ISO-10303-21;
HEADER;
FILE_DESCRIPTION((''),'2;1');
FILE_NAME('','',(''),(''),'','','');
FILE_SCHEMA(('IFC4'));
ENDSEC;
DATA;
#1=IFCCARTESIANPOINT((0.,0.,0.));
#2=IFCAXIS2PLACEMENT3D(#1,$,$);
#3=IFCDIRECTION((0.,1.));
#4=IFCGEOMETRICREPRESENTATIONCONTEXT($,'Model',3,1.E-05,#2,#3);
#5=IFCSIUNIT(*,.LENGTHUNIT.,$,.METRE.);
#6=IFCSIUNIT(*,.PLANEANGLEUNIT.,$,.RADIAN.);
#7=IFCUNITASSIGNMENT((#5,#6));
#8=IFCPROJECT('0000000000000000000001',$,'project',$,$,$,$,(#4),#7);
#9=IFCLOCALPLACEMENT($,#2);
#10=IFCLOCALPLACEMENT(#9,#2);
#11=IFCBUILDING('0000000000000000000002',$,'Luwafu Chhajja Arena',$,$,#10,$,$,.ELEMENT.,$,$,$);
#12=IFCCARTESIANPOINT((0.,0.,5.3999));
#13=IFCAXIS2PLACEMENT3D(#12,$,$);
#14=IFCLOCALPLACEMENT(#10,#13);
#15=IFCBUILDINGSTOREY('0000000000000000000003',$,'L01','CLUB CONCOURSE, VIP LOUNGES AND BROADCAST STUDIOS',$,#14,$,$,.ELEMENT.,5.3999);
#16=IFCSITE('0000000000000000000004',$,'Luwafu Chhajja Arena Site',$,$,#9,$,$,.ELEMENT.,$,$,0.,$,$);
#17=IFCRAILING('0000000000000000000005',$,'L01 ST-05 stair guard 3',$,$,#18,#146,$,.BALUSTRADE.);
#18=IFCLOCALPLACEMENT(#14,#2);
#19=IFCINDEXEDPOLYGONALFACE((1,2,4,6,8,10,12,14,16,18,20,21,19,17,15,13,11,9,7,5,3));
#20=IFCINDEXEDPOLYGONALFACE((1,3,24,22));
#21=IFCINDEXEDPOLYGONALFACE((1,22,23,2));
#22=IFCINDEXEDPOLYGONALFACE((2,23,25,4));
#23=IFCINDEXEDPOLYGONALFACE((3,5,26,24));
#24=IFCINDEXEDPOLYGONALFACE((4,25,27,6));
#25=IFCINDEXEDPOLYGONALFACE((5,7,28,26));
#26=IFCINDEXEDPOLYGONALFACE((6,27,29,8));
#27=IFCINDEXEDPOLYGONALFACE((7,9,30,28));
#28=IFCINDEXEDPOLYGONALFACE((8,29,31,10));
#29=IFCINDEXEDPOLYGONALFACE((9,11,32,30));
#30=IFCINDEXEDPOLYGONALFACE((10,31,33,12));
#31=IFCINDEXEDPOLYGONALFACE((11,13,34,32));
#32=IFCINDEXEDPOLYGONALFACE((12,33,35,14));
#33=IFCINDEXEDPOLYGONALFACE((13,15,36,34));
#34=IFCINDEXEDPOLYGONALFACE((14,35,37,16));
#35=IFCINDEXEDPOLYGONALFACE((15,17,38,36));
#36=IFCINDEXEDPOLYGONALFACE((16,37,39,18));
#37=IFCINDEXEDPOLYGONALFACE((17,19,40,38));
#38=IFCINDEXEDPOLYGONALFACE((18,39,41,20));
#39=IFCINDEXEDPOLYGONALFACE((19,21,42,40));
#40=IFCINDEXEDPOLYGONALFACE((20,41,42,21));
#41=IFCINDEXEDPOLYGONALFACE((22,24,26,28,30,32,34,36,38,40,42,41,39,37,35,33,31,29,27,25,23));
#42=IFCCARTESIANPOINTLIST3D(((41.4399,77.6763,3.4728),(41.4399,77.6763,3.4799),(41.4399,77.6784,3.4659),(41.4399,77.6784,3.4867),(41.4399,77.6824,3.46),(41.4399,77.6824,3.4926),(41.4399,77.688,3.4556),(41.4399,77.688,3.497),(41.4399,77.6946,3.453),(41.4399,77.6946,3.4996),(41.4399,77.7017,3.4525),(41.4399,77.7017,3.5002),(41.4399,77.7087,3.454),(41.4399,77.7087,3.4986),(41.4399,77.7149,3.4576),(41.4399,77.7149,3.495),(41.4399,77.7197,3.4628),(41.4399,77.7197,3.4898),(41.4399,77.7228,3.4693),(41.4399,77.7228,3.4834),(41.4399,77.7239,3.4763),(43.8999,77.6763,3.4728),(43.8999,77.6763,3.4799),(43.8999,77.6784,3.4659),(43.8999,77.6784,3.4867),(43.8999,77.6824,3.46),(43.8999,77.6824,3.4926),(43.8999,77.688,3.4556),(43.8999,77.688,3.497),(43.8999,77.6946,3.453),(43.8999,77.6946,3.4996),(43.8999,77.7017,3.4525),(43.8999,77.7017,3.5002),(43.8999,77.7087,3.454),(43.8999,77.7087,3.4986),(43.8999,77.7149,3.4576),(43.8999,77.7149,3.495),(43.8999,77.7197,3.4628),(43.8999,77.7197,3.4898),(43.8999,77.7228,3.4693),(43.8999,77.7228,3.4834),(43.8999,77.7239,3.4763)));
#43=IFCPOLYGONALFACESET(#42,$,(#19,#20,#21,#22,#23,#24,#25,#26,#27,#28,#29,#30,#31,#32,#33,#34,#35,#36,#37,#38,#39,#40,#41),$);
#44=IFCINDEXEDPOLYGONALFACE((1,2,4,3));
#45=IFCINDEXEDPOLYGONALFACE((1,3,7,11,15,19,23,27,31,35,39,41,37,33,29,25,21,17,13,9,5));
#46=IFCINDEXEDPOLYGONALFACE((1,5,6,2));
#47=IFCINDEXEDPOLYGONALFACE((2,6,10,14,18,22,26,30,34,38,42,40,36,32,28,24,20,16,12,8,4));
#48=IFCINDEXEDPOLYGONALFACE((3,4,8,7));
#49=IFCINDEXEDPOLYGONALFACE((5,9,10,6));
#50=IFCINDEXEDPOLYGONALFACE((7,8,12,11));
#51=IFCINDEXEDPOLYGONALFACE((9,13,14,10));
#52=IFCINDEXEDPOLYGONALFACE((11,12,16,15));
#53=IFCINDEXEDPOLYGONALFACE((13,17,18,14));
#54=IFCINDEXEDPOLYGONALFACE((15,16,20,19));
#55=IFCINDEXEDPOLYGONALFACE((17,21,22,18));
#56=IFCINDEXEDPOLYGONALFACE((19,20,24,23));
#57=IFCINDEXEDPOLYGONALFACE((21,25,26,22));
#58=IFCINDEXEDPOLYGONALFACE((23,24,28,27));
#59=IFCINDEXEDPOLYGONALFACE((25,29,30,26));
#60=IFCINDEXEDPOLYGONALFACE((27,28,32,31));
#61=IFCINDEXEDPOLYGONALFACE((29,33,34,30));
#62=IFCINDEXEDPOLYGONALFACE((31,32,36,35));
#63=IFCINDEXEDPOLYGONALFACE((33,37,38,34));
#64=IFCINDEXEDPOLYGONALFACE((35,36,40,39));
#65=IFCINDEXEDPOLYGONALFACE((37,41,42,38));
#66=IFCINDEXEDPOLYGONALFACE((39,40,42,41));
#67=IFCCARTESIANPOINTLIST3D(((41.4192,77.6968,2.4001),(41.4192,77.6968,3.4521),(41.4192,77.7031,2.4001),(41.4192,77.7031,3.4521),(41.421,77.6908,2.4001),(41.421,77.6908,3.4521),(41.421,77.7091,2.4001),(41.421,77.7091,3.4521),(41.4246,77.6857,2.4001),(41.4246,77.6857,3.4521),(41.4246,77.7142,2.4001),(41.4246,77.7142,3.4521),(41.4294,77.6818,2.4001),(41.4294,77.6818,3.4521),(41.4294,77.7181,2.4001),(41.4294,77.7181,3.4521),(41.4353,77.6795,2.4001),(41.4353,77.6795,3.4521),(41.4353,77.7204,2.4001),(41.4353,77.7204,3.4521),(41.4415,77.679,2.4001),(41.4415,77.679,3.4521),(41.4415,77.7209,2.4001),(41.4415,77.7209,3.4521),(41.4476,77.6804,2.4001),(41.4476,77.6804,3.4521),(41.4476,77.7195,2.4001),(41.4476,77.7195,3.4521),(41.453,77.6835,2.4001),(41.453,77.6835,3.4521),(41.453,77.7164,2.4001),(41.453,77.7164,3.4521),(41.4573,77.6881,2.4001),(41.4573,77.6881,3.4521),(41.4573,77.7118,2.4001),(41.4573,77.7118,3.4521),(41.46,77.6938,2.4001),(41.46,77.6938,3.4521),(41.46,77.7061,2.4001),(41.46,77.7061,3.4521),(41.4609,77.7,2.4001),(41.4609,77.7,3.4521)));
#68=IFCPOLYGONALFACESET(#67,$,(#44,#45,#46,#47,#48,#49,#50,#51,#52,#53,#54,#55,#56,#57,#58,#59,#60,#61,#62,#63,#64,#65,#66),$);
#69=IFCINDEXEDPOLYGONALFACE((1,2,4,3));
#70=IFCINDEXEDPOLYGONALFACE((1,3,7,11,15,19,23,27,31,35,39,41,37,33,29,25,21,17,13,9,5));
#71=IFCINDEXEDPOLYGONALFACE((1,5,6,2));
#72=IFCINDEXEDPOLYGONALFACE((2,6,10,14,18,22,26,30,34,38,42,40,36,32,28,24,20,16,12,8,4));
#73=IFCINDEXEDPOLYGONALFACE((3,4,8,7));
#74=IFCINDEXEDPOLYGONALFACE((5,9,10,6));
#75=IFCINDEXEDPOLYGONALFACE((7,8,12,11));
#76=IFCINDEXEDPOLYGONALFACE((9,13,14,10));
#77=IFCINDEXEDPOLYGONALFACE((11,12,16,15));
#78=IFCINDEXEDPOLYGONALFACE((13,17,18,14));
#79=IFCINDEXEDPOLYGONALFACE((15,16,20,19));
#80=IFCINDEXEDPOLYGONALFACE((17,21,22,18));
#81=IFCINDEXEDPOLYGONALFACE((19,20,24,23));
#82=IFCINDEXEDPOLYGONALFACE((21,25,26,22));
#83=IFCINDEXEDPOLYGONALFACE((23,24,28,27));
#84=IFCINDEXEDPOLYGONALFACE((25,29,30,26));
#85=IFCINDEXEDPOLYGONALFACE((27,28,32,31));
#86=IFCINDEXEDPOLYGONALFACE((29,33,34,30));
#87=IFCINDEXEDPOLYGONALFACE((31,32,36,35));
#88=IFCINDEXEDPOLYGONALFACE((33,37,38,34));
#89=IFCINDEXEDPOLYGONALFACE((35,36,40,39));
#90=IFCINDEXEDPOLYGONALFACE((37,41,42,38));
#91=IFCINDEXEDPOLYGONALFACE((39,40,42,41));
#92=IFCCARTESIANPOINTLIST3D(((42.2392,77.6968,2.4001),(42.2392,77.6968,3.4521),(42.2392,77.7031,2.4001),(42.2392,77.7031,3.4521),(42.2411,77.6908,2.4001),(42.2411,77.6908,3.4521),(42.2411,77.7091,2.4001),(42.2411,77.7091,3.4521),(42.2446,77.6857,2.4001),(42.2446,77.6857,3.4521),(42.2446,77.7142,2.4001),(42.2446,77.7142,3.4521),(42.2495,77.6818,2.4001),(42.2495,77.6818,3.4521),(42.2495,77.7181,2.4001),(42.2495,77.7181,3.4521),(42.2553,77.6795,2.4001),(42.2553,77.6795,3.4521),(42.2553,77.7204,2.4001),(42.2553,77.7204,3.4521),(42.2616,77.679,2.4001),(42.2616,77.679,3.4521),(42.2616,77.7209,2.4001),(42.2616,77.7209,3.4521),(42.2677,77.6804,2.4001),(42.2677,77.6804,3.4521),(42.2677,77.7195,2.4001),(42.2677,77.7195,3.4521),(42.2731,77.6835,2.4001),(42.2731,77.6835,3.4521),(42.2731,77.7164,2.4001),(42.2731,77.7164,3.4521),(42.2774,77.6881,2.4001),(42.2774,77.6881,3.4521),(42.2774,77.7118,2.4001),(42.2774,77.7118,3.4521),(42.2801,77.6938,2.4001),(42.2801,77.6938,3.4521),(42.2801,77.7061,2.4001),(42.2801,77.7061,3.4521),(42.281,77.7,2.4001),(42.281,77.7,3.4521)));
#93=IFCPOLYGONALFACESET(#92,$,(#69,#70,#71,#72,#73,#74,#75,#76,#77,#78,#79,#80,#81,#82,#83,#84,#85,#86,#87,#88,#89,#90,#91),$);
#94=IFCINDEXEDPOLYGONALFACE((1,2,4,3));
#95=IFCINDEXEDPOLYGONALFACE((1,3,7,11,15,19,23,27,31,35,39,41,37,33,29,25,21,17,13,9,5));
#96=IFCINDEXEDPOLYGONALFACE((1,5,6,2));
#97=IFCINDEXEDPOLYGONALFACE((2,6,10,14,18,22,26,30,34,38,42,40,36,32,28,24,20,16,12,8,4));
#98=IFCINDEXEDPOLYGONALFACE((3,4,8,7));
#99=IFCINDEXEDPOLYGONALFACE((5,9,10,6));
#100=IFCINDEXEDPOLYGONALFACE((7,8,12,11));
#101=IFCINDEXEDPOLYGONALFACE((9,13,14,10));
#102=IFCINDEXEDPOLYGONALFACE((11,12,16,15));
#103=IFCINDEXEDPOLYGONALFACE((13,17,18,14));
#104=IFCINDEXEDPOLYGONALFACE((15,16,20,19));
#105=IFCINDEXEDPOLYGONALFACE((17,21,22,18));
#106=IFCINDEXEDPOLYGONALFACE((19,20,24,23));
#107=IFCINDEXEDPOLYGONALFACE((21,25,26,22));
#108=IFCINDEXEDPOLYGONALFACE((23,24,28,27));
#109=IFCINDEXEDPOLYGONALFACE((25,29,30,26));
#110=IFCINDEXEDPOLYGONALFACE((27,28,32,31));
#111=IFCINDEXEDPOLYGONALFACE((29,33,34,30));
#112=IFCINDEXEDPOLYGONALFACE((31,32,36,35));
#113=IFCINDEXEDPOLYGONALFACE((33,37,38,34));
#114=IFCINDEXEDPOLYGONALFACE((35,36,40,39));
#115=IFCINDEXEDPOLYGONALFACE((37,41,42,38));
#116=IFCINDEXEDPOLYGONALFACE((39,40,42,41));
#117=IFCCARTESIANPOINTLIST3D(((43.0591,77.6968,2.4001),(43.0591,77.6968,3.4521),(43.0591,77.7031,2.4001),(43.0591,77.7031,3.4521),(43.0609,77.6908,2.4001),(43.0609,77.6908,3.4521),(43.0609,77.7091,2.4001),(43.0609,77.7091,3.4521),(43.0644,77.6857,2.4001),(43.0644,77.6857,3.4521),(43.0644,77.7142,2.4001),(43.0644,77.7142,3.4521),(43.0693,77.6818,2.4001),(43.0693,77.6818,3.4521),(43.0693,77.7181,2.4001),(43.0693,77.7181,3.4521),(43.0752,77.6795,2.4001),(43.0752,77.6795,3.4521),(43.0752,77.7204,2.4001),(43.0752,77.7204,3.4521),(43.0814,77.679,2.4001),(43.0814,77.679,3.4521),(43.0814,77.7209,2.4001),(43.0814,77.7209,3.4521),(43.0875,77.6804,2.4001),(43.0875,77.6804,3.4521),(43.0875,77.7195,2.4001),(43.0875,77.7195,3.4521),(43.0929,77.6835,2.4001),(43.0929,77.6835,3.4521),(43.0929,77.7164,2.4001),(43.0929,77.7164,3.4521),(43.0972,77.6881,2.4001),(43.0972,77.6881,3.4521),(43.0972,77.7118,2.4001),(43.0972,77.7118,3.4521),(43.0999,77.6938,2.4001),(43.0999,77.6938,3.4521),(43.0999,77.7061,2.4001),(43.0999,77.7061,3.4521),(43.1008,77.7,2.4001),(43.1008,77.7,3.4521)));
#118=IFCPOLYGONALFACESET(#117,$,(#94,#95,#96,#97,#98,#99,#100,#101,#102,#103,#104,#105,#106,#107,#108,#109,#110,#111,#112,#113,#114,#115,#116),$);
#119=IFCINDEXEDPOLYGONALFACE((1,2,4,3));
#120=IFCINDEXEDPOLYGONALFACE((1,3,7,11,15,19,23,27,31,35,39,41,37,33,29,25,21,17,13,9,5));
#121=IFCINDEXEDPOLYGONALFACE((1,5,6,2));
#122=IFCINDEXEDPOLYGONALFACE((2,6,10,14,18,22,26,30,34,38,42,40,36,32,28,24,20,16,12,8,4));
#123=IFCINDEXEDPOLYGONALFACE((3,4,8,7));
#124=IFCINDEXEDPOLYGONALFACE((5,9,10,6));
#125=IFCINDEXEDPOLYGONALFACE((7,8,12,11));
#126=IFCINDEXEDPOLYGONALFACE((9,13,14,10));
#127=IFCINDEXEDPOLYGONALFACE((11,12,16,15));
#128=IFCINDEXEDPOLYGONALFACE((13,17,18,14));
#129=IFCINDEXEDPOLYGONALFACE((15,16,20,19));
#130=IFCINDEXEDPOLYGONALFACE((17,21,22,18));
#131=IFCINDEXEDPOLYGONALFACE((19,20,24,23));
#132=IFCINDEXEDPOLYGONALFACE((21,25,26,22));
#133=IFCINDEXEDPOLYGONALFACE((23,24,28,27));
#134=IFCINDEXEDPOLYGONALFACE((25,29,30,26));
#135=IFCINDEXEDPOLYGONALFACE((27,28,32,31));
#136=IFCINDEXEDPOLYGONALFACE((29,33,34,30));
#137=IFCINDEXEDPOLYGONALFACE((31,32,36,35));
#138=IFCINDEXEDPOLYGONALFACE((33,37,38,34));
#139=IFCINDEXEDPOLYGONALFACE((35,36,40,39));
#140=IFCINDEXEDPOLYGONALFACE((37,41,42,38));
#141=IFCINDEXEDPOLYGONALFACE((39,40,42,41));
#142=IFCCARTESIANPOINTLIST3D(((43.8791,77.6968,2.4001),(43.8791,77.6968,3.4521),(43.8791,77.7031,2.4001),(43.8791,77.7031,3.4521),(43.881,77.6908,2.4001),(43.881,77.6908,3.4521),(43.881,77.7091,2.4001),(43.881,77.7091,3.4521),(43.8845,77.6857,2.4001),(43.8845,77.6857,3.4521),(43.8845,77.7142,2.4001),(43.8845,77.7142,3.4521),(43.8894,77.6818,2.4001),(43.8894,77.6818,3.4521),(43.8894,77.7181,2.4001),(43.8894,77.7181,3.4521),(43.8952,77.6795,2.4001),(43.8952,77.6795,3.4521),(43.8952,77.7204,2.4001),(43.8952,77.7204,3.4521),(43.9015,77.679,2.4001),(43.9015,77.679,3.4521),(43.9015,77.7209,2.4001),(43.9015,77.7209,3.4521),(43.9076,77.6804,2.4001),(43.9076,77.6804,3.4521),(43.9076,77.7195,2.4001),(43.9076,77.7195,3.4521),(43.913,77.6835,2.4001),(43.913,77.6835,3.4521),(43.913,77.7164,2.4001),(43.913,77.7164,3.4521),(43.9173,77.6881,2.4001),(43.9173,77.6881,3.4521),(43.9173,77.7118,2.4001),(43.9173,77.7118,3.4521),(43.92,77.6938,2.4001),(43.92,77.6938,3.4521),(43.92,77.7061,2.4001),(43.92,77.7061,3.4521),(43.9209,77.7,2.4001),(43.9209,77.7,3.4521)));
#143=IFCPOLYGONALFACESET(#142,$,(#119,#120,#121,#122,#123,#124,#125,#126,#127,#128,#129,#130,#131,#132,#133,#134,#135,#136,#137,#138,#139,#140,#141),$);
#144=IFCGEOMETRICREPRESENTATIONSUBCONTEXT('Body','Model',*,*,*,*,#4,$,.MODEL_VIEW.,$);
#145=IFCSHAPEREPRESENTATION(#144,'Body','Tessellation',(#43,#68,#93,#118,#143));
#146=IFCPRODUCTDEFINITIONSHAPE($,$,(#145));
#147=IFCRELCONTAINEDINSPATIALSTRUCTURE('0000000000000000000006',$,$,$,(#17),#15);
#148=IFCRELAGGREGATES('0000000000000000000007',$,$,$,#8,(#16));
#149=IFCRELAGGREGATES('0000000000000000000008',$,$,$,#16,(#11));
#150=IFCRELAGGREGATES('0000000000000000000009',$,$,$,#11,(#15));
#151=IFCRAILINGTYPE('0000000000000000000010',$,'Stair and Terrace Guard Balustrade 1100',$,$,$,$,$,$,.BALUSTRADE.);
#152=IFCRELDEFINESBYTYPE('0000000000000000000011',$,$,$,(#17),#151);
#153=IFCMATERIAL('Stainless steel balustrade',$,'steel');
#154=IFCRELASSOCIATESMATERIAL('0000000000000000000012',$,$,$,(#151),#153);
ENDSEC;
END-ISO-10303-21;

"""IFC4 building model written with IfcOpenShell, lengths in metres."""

from ifc_helpers import new_model, si_unit, direction, frame, origin, origin_2d, place, context, subcontext, project, spatial, circle, extrude, material, type_object, element, save


model = new_model("IFC4")

# Units and contexts
model_context = context("Model", 3, precision=1e-05, world=origin(), true_north=direction((0.0, 1.0)))
body_context = subcontext(model_context, "Body", "Model", "MODEL_VIEW")
ifc_project = project(units=[si_unit("LENGTHUNIT", "METRE"), si_unit("PLANEANGLEUNIT", "RADIAN")], contexts=[model_context])

# Site, building, storey
site_placement = place(None, origin())
site = spatial("IfcSite", under=ifc_project, at=site_placement, Name="Luwafu Chhajja Arena Site", CompositionType="ELEMENT", RefElevation=0.0)
building_placement = place(site_placement, origin())
building = spatial("IfcBuilding", under=site, at=building_placement, Name="Luwafu Chhajja Arena", CompositionType="ELEMENT")
storey_placement = place(building_placement, frame((0.0, 0.0, 5.3999)))
storey = spatial("IfcBuildingStorey", under=building, at=storey_placement, Name="L01", Description="CLUB CONCOURSE, VIP LOUNGES AND BROADCAST STUDIOS", CompositionType="ELEMENT", Elevation=5.3999)

# Railing
ifc_material_1 = material(Name="Stainless steel balustrade", Category="steel")
railing_type_1 = type_object("IfcRailingType", Name="Stair and Terrace Guard Balustrade 1100", PredefinedType="BALUSTRADE", material=ifc_material_1)
for number, where, name in (
    (1, (41.4399, 77.7, 2.4001), "L01 ST-05 stair guard 3"),
):
    element("IfcRailing", number, at=place(storey_placement, frame(where)), inside=storey, type_object=railing_type_1, Name=name, PredefinedType="BALUSTRADE", context=body_context, shape_type="SweptSolid", body=[
        extrude(circle(Radius=0.0239, at=origin_2d()), frame((0.0, 0.0, 1.0762), z_axis=(1.0, 0.0, 0.0), x_axis=(0.0, 1.0, 0.0)), (0.0, 0.0, 1.0), 2.46),
        extrude(circle(Radius=0.021, at=origin_2d()), origin(), (0.0, 0.0, 1.0), 1.052),
        extrude(circle(Radius=0.021, at=origin_2d()), frame((0.8201, 0.0, 0.0)), (0.0, 0.0, 1.0), 1.052),
        extrude(circle(Radius=0.021, at=origin_2d()), frame((1.6399, 0.0, 0.0)), (0.0, 0.0, 1.0), 1.052),
        extrude(circle(Radius=0.021, at=origin_2d()), frame((2.46, 0.0, 0.0)), (0.0, 0.0, 1.0), 1.052),
    ])

save(model, "model.ifc")
